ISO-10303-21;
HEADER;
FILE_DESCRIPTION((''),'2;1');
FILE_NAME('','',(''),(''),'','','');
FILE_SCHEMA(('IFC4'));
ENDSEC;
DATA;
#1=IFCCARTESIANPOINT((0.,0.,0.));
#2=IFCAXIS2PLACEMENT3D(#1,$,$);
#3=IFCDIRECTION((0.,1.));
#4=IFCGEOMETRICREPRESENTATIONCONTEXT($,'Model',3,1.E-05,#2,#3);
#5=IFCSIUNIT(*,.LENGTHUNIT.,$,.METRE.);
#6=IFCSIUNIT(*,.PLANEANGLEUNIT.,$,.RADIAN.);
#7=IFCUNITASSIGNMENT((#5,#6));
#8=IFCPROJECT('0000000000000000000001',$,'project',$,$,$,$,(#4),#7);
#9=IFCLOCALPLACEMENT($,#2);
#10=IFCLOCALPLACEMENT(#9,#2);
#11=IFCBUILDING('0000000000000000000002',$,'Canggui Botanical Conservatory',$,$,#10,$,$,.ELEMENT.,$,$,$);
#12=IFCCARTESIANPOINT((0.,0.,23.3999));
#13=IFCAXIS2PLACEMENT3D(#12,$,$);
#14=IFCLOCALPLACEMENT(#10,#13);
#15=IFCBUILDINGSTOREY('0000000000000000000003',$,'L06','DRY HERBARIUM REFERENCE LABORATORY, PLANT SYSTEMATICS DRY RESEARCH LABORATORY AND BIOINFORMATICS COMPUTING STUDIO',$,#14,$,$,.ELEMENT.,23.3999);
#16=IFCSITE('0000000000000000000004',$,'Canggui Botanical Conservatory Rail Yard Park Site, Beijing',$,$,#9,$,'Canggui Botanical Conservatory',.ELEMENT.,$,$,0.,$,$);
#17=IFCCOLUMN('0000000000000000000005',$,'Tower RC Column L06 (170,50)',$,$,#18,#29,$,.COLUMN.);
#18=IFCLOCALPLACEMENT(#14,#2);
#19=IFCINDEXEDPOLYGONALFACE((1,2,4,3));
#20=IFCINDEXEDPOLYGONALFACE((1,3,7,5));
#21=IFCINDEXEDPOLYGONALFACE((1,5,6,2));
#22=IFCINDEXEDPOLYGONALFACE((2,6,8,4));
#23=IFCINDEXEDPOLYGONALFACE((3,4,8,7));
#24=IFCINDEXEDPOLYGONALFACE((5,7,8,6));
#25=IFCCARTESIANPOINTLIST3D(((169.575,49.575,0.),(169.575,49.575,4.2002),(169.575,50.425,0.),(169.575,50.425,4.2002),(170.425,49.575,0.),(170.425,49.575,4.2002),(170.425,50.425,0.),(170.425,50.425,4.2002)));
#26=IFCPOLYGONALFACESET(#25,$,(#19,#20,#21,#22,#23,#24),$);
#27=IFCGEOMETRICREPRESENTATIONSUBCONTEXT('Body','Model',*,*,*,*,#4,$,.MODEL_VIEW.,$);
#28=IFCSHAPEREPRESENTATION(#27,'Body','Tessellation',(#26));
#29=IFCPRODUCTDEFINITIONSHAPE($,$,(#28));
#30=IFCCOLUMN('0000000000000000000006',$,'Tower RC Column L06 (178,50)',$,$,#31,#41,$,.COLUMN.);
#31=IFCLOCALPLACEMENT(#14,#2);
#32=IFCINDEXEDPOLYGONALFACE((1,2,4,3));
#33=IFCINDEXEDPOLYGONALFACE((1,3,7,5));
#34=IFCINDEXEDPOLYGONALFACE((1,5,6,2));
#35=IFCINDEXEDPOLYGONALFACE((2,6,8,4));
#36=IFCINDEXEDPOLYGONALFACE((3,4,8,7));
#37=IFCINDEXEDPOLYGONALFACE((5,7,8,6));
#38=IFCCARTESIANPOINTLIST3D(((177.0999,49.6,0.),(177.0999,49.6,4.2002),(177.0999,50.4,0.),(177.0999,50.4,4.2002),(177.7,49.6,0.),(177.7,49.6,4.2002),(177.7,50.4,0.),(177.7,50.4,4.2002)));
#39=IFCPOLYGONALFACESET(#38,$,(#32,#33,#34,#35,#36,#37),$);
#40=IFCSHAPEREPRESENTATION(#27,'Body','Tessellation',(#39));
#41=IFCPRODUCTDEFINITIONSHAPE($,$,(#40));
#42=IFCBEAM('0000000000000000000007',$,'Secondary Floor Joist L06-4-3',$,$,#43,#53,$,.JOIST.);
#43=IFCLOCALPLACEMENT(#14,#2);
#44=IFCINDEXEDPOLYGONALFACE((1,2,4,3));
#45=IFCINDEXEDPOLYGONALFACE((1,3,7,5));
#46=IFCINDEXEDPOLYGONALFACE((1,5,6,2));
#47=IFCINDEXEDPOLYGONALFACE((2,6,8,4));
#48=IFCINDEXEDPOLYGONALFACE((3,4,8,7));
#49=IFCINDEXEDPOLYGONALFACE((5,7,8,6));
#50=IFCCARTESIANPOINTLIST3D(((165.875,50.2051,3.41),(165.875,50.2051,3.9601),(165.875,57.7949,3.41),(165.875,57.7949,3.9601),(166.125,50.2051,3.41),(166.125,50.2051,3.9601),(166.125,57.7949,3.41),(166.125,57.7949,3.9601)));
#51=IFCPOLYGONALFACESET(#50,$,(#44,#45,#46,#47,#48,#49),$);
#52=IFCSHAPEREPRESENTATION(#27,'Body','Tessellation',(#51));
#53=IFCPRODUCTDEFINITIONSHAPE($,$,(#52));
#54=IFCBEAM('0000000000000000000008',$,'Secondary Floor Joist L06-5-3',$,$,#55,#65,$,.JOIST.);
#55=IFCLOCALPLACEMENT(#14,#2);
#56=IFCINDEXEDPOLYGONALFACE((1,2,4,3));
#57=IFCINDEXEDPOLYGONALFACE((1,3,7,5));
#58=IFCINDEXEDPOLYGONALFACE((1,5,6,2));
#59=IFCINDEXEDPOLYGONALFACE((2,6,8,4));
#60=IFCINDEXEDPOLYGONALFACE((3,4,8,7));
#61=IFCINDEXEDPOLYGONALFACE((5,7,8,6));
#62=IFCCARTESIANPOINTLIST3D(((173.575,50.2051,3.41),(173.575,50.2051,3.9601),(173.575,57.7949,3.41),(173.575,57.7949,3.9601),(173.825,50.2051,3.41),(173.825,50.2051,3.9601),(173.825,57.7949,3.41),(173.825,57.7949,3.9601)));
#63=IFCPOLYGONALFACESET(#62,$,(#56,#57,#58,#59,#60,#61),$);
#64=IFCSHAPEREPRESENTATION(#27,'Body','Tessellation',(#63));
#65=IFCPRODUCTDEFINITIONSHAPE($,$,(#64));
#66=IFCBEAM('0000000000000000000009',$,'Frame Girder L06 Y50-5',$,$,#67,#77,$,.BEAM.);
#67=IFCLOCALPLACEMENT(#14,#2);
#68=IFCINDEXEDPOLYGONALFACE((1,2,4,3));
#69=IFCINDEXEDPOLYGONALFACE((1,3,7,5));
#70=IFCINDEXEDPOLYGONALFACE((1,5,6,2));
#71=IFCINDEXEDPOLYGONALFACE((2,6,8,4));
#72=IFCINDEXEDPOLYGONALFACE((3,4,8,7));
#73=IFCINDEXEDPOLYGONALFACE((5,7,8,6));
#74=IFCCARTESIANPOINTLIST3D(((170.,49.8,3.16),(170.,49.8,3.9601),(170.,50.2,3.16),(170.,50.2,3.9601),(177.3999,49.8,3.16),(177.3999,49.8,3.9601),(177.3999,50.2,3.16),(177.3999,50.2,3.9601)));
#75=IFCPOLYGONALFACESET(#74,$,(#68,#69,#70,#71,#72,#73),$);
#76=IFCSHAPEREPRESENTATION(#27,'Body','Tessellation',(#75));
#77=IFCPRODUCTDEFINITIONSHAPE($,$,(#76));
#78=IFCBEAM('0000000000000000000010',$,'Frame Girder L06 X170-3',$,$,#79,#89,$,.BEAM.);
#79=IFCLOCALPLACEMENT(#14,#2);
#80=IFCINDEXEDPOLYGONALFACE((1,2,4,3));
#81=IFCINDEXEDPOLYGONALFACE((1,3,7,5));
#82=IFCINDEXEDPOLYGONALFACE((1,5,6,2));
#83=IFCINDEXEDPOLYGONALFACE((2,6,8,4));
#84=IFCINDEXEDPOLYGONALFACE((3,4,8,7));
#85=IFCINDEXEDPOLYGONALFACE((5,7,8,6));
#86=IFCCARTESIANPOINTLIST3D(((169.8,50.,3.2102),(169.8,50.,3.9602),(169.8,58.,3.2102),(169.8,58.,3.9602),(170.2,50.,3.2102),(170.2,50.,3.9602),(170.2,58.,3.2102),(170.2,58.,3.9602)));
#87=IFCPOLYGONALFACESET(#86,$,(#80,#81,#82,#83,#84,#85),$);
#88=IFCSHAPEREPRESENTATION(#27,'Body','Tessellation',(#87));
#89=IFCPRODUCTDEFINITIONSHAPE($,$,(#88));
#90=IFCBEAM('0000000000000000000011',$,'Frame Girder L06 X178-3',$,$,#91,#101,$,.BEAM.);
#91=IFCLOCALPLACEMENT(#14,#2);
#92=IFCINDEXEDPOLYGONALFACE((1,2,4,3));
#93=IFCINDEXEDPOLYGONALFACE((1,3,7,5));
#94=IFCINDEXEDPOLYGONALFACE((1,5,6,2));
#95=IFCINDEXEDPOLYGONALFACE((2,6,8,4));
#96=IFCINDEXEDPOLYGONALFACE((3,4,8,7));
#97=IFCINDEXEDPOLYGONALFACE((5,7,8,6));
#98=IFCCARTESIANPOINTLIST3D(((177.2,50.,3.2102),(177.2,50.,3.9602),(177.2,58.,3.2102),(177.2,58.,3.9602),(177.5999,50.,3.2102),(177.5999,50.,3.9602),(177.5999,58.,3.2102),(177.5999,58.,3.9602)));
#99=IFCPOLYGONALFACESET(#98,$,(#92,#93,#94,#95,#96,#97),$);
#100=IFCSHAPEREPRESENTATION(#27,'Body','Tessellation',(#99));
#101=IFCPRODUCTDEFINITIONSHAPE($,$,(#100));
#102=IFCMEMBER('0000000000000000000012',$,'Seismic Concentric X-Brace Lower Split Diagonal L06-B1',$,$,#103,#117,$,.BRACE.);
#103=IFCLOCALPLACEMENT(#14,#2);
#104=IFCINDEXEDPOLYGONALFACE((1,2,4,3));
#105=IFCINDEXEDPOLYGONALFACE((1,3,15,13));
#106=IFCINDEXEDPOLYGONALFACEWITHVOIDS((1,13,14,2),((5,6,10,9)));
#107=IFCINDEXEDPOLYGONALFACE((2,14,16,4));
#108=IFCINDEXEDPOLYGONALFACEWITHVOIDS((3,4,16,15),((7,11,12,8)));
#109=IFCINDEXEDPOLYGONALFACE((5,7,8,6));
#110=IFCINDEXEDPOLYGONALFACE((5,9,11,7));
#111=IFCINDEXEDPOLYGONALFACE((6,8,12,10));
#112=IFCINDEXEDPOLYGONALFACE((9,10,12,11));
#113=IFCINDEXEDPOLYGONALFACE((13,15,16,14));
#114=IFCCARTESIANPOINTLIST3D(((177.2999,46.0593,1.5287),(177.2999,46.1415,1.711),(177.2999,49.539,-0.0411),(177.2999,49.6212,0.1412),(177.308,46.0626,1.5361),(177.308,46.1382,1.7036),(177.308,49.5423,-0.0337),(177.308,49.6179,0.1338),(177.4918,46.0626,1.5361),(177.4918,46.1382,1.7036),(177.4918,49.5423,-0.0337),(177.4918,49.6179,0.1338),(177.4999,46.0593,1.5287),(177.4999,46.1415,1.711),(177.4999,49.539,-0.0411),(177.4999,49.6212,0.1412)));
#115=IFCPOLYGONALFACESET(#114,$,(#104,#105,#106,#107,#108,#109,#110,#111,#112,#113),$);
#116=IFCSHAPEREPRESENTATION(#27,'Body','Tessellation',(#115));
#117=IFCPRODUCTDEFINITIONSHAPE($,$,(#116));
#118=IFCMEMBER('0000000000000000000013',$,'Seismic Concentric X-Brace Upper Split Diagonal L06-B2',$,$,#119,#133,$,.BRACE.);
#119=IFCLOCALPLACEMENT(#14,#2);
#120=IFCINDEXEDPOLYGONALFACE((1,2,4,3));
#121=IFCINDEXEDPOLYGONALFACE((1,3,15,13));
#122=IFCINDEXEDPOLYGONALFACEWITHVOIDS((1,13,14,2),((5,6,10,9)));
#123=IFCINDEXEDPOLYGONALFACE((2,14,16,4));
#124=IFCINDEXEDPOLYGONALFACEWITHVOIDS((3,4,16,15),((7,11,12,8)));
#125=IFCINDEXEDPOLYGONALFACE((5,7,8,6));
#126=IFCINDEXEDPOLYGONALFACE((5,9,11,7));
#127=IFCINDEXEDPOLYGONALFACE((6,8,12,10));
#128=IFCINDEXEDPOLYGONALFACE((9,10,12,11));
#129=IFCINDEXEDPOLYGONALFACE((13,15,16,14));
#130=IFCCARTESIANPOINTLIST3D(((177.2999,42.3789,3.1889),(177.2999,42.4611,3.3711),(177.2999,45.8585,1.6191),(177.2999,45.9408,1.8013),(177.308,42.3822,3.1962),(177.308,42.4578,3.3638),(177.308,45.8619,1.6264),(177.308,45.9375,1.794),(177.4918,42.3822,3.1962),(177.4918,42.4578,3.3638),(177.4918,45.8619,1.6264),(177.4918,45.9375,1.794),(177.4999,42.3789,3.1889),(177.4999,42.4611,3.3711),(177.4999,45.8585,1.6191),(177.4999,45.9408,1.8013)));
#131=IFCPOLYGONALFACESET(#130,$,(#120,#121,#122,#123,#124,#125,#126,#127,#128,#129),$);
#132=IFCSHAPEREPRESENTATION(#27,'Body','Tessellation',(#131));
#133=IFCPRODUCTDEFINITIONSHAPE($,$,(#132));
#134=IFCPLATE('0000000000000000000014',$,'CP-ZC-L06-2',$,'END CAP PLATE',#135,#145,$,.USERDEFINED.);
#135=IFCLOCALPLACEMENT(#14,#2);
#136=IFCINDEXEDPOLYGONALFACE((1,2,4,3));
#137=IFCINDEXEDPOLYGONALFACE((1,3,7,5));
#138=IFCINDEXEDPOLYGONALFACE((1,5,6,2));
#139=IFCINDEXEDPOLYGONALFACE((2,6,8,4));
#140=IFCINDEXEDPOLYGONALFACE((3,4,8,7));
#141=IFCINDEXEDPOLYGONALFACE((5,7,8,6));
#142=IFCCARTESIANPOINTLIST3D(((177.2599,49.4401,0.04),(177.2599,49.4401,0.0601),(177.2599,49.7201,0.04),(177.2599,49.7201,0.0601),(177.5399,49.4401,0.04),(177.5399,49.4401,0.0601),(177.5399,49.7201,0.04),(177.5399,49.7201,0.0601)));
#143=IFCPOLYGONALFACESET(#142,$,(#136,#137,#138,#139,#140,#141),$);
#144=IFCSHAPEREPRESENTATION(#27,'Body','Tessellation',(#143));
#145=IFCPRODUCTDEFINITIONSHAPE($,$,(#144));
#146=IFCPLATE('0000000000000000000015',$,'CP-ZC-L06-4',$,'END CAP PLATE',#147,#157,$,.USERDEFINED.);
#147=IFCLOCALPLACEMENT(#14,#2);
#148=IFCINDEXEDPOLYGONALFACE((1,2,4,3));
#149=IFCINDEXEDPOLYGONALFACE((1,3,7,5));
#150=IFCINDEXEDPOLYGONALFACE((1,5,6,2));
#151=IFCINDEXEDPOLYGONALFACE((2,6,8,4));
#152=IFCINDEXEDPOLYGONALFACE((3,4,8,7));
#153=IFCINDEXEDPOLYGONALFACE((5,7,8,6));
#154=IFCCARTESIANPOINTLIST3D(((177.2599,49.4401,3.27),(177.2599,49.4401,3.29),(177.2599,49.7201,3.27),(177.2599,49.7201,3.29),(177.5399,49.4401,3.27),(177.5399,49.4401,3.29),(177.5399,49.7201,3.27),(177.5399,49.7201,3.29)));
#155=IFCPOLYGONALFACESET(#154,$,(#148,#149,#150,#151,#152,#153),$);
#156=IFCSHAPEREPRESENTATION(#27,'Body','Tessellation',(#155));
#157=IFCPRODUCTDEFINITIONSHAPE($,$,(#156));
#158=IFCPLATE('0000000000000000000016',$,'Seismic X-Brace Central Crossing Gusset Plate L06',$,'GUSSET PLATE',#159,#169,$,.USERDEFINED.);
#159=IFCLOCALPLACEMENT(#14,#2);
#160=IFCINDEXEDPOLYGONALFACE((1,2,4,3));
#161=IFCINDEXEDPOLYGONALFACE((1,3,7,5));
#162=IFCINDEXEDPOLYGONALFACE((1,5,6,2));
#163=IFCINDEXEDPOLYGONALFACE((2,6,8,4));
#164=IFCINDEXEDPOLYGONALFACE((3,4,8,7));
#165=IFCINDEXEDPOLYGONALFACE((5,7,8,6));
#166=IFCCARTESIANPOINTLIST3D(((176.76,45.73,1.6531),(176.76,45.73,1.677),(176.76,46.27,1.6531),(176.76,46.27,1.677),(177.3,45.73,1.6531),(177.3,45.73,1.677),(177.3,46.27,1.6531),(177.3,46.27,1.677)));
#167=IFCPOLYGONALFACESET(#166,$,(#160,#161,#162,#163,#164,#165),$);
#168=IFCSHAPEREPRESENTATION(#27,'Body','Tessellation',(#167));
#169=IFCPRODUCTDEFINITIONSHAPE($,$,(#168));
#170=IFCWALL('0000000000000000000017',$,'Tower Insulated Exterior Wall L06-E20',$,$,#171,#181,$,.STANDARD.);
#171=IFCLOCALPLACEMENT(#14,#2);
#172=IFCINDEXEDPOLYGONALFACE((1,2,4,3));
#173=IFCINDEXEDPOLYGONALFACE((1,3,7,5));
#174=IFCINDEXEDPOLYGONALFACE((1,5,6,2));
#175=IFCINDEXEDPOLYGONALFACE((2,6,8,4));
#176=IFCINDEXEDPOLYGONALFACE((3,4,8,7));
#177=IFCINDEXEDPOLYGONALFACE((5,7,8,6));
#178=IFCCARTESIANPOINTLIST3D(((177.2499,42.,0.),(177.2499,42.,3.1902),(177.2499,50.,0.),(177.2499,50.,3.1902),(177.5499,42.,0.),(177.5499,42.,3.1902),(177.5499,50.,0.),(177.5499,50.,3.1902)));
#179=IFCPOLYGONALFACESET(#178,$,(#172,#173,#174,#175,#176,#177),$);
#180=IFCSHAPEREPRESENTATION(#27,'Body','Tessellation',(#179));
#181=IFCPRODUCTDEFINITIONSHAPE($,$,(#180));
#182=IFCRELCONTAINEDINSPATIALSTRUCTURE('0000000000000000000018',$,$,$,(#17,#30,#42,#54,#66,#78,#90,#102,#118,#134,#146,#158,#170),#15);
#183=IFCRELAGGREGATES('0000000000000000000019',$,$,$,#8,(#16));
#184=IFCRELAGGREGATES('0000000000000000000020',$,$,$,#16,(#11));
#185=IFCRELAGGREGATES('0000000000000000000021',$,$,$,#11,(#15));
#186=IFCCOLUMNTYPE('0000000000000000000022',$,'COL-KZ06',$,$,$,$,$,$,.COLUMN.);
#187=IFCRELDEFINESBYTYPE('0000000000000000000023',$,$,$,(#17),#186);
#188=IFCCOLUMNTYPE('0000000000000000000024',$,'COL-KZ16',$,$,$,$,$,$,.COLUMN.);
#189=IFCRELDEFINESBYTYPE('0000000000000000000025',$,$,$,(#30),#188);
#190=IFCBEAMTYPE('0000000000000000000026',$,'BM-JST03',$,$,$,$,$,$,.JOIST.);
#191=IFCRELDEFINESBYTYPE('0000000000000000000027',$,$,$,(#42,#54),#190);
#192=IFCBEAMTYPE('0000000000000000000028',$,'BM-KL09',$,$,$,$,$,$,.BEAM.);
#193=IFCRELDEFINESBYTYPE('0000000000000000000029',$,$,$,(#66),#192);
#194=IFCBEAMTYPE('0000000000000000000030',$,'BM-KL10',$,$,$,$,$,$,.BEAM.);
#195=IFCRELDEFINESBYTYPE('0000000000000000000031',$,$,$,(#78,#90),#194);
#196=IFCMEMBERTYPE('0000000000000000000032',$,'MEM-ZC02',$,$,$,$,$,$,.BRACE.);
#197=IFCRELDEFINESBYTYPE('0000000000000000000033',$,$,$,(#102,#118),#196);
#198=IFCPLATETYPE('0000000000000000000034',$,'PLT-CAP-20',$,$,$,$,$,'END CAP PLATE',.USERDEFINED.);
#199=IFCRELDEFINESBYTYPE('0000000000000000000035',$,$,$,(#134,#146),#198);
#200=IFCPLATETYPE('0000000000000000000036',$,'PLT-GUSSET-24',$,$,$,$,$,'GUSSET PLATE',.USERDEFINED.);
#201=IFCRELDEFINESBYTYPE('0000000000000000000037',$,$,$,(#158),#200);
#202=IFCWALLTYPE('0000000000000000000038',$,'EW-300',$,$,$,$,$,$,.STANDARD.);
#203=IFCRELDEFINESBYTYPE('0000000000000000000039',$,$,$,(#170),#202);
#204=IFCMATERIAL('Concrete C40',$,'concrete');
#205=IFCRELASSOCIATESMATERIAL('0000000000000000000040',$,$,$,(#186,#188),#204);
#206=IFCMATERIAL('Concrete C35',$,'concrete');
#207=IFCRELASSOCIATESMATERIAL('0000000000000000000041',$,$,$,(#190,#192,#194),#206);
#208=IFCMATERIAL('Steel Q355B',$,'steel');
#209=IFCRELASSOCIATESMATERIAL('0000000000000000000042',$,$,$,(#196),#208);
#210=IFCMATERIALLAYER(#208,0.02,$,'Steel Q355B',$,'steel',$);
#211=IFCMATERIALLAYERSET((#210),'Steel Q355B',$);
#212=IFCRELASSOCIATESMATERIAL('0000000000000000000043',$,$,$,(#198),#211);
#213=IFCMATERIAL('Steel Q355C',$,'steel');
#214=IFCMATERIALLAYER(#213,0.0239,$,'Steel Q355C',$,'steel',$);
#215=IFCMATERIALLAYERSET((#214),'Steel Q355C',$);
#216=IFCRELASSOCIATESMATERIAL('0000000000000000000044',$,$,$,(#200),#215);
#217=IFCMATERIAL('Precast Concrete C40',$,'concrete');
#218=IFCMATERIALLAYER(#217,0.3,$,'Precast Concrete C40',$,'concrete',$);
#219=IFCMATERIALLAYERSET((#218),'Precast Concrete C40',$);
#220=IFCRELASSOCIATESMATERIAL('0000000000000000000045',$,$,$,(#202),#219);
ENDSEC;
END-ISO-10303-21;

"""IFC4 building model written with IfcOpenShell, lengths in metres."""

from ifc_helpers import new_model, si_unit, direction, frame, frame_2d, origin, origin_2d, place, context, subcontext, project, spatial, rectangle, hollow_rectangle, extrude, material, layer, layer_set, material_profile, profile_set, type_object, element, save


model = new_model("IFC4")

# Units and contexts
model_context = context("Model", 3, precision=1e-05, world=origin(), true_north=direction((0.0, 1.0)))
body_context = subcontext(model_context, "Body", "Model", "MODEL_VIEW")
ifc_project = project(units=[si_unit("LENGTHUNIT", "METRE"), si_unit("PLANEANGLEUNIT", "RADIAN")], contexts=[model_context])

# Site, building, storey
site_placement = place(None, origin())
site = spatial("IfcSite", under=ifc_project, at=site_placement, Name="Canggui Botanical Conservatory Rail Yard Park Site, Beijing", LongName="Canggui Botanical Conservatory", CompositionType="ELEMENT", RefElevation=0.0)
building_placement = place(site_placement, origin())
building = spatial("IfcBuilding", under=site, at=building_placement, Name="Canggui Botanical Conservatory", CompositionType="ELEMENT")
storey_placement = place(building_placement, frame((0.0, 0.0, 23.3999)))
storey = spatial("IfcBuildingStorey", under=building, at=storey_placement, Name="L06", Description="DRY HERBARIUM REFERENCE LABORATORY, PLANT SYSTEMATICS DRY RESEARCH LABORATORY AND BIOINFORMATICS COMPUTING STUDIO", CompositionType="ELEMENT", Elevation=23.3999)

# Columns
ifc_material_1 = material(Name="Concrete C40", Category="concrete")
ifc_material_profile_1 = material_profile(ifc_material_1, rectangle(XDim=0.8501, YDim=0.8501, at=origin_2d()), Name="RC 850x850")
ifc_profile_set_1 = profile_set([ifc_material_profile_1], Name="Concrete C40")
column_type_1 = type_object("IfcColumnType", Name="COL-KZ06", PredefinedType="COLUMN", material=ifc_profile_set_1)
column_1_placement = place(storey_placement, frame((170.0, 50.0, 0.0), z_axis=(0.0, 0.0, 1.0), x_axis=(1.0, 0.0, 0.0)))
element("IfcColumn", 1, at=column_1_placement, inside=storey, type_object=column_type_1, Name="Tower RC Column L06 (170,50)", PredefinedType="COLUMN", context=body_context, shape_type="SweptSolid", body=[
    extrude(rectangle(XDim=0.8501, YDim=0.8501, at=origin_2d()), origin(), (0.0, 0.0, 1.0), 4.2002),
])
ifc_material_profile_2 = material_profile(ifc_material_1, rectangle(XDim=0.6001, YDim=0.8, at=origin_2d()), Name="RC 600x800")
ifc_profile_set_2 = profile_set([ifc_material_profile_2], Name="Concrete C40")
column_type_2 = type_object("IfcColumnType", Name="COL-KZ16", PredefinedType="COLUMN", material=ifc_profile_set_2)
column_2_placement = place(storey_placement, frame((177.3999, 50.0, 0.0), z_axis=(0.0, 0.0, 1.0), x_axis=(1.0, 0.0, 0.0)))
element("IfcColumn", 2, at=column_2_placement, inside=storey, type_object=column_type_2, Name="Tower RC Column L06 (178,50)", PredefinedType="COLUMN", context=body_context, shape_type="SweptSolid", body=[
    extrude(rectangle(XDim=0.6001, YDim=0.8, at=origin_2d()), origin(), (0.0, 0.0, 1.0), 4.2002),
])

# Beams
ifc_material_2 = material(Name="Concrete C35", Category="concrete")
ifc_material_profile_3 = material_profile(ifc_material_2, rectangle(XDim=0.25, YDim=0.55, at=origin_2d()), Name="RB 250x550")
ifc_profile_set_3 = profile_set([ifc_material_profile_3], Name="Concrete C35")
beam_type_1 = type_object("IfcBeamType", Name="BM-JST03", PredefinedType="JOIST", material=ifc_profile_set_3)
for number, where, z_axis, x_axis, name in (
    (3, (166.0, 50.2051, 3.6851), (0.0, 1.0, 0.0), (-1.0, 0.0, 0.0), "Secondary Floor Joist L06-4-3"),
    (4, (173.7, 50.2051, 3.6851), (0.0, 1.0, 0.0), (-1.0, 0.0, 0.0), "Secondary Floor Joist L06-5-3"),
):
    element("IfcBeam", number, at=place(storey_placement, frame(where, z_axis=z_axis, x_axis=x_axis)), inside=storey, type_object=beam_type_1, Name=name, PredefinedType="JOIST", context=body_context, shape_type="SweptSolid", body=[
        extrude(rectangle(XDim=0.25, YDim=0.55, at=origin_2d()), origin(), (0.0, 0.0, 1.0), 7.5898),
    ])
ifc_material_profile_4 = material_profile(ifc_material_2, rectangle(XDim=0.3999, YDim=0.8, at=origin_2d()), Name="RB 400x800")
ifc_profile_set_4 = profile_set([ifc_material_profile_4], Name="Concrete C35")
beam_type_2 = type_object("IfcBeamType", Name="BM-KL09", PredefinedType="BEAM", material=ifc_profile_set_4)
beam_placement = place(storey_placement, frame((170.0, 50.0, 3.5601), z_axis=(1.0, 0.0, 0.0), x_axis=(0.0, 1.0, 0.0)))
element("IfcBeam", 5, at=beam_placement, inside=storey, type_object=beam_type_2, Name="Frame Girder L06 Y50-5", PredefinedType="BEAM", context=body_context, shape_type="SweptSolid", body=[
    extrude(rectangle(XDim=0.3999, YDim=0.8, at=origin_2d()), origin(), (0.0, 0.0, 1.0), 7.3999),
])
ifc_material_profile_5 = material_profile(ifc_material_2, rectangle(XDim=0.3999, YDim=0.75, at=origin_2d()), Name="RB 400x750")
ifc_profile_set_5 = profile_set([ifc_material_profile_5], Name="Concrete C35")
beam_type_3 = type_object("IfcBeamType", Name="BM-KL10", PredefinedType="BEAM", material=ifc_profile_set_5)
for number, where, z_axis, x_axis, name in (
    (6, (170.0, 50.0, 3.5852), (0.0, 1.0, 0.0), (-1.0, 0.0, 0.0), "Frame Girder L06 X170-3"),
    (7, (177.3999, 50.0, 3.5852), (0.0, 1.0, 0.0), (-1.0, 0.0, 0.0), "Frame Girder L06 X178-3"),
):
    element("IfcBeam", number, at=place(storey_placement, frame(where, z_axis=z_axis, x_axis=x_axis)), inside=storey, type_object=beam_type_3, Name=name, PredefinedType="BEAM", context=body_context, shape_type="SweptSolid", body=[
        extrude(rectangle(XDim=0.3999, YDim=0.75, at=origin_2d()), origin(), (0.0, 0.0, 1.0), 8.0),
    ])

# Members
ifc_material_3 = material(Name="Steel Q355B", Category="steel")
ifc_material_profile_6 = material_profile(ifc_material_3, hollow_rectangle(XDim=0.2, YDim=0.2, WallThickness=0.0081, at=origin_2d()), Name="SHS 200x200x8")
ifc_profile_set_6 = profile_set([ifc_material_profile_6], Name="Steel Q355B")
member_type = type_object("IfcMemberType", Name="MEM-ZC02", PredefinedType="BRACE", material=ifc_profile_set_6)
for number, where, z_axis, x_axis, name in (
    (8, (177.3999, 49.5801, 0.05), (0.0, -0.911535, 0.411223), (1.0, 0.0, 0.0), "Seismic Concentric X-Brace Lower Split Diagonal L06-B1"),
    (9, (177.3999, 45.8997, 1.7102), (0.0, -0.911535, 0.411223), (1.0, 0.0, 0.0), "Seismic Concentric X-Brace Upper Split Diagonal L06-B2"),
):
    element("IfcMember", number, at=place(storey_placement, frame(where, z_axis=z_axis, x_axis=x_axis)), inside=storey, type_object=member_type, Name=name, PredefinedType="BRACE", context=body_context, shape_type="SweptSolid", body=[
        extrude(hollow_rectangle(XDim=0.2, YDim=0.2, WallThickness=0.0081, at=origin_2d()), origin(), (0.0, 0.0, 1.0), 3.8174),
    ])

# Plates
ifc_layer_1 = layer(ifc_material_3, 0.02, Name="Steel Q355B", Category="steel")
ifc_layer_set_1 = layer_set([ifc_layer_1], Name="Steel Q355B")
plate_type_1 = type_object("IfcPlateType", Name="PLT-CAP-20", ElementType="END CAP PLATE", PredefinedType="USERDEFINED", material=ifc_layer_set_1)
for number, where, z_axis, x_axis, name in (
    (10, (177.3999, 49.5801, 0.04), (0.0, 0.0, 1.0), (1.0, 0.0, 0.0), "CP-ZC-L06-2"),
    (11, (177.3999, 49.5801, 3.27), (0.0, 0.0, 1.0), (1.0, 0.0, 0.0), "CP-ZC-L06-4"),
):
    element("IfcPlate", number, at=place(storey_placement, frame(where, z_axis=z_axis, x_axis=x_axis)), inside=storey, type_object=plate_type_1, Name=name, ObjectType="END CAP PLATE", PredefinedType="USERDEFINED", context=body_context, shape_type="SweptSolid", body=[
        extrude(rectangle(XDim=0.28, YDim=0.28, at=origin_2d()), origin(), (0.0, 0.0, 1.0), 0.02),
    ])
ifc_material_4 = material(Name="Steel Q355C", Category="steel")
ifc_layer_2 = layer(ifc_material_4, 0.0239, Name="Steel Q355C", Category="steel")
ifc_layer_set_2 = layer_set([ifc_layer_2], Name="Steel Q355C")
plate_type_2 = type_object("IfcPlateType", Name="PLT-GUSSET-24", ElementType="GUSSET PLATE", PredefinedType="USERDEFINED", material=ifc_layer_set_2)
plate_placement = place(storey_placement, frame((177.03, 46.0, 1.6531), z_axis=(0.0, 0.0, 1.0), x_axis=(1.0, 0.0, 0.0)))
element("IfcPlate", 12, at=plate_placement, inside=storey, type_object=plate_type_2, Name="Seismic X-Brace Central Crossing Gusset Plate L06", ObjectType="GUSSET PLATE", PredefinedType="USERDEFINED", context=body_context, shape_type="SweptSolid", body=[
    extrude(rectangle(XDim=0.54, YDim=0.54, at=origin_2d()), origin(), (0.0, 0.0, 1.0), 0.0239),
])

# Wall
ifc_material_5 = material(Name="Precast Concrete C40", Category="concrete")
ifc_layer_3 = layer(ifc_material_5, 0.3, Name="Precast Concrete C40", Category="concrete")
ifc_layer_set_3 = layer_set([ifc_layer_3], Name="Precast Concrete C40")
wall_type_1 = type_object("IfcWallType", Name="EW-300", PredefinedType="STANDARD", material=ifc_layer_set_3)
wall_1_placement = place(storey_placement, frame((177.3999, 50.0, 0.0), z_axis=(0.0, 0.0, 1.0), x_axis=(0.0, -1.0, 0.0)))
element("IfcWall", 13, at=wall_1_placement, inside=storey, type_object=wall_type_1, Name="Tower Insulated Exterior Wall L06-E20", PredefinedType="STANDARD", context=body_context, shape_type="SweptSolid", body=[
    extrude(rectangle(XDim=8.0, YDim=0.3, at=frame_2d((4.0, 0.0))), origin(), (0.0, 0.0, 1.0), 3.1902),
])

save(model, "model.ifc")
